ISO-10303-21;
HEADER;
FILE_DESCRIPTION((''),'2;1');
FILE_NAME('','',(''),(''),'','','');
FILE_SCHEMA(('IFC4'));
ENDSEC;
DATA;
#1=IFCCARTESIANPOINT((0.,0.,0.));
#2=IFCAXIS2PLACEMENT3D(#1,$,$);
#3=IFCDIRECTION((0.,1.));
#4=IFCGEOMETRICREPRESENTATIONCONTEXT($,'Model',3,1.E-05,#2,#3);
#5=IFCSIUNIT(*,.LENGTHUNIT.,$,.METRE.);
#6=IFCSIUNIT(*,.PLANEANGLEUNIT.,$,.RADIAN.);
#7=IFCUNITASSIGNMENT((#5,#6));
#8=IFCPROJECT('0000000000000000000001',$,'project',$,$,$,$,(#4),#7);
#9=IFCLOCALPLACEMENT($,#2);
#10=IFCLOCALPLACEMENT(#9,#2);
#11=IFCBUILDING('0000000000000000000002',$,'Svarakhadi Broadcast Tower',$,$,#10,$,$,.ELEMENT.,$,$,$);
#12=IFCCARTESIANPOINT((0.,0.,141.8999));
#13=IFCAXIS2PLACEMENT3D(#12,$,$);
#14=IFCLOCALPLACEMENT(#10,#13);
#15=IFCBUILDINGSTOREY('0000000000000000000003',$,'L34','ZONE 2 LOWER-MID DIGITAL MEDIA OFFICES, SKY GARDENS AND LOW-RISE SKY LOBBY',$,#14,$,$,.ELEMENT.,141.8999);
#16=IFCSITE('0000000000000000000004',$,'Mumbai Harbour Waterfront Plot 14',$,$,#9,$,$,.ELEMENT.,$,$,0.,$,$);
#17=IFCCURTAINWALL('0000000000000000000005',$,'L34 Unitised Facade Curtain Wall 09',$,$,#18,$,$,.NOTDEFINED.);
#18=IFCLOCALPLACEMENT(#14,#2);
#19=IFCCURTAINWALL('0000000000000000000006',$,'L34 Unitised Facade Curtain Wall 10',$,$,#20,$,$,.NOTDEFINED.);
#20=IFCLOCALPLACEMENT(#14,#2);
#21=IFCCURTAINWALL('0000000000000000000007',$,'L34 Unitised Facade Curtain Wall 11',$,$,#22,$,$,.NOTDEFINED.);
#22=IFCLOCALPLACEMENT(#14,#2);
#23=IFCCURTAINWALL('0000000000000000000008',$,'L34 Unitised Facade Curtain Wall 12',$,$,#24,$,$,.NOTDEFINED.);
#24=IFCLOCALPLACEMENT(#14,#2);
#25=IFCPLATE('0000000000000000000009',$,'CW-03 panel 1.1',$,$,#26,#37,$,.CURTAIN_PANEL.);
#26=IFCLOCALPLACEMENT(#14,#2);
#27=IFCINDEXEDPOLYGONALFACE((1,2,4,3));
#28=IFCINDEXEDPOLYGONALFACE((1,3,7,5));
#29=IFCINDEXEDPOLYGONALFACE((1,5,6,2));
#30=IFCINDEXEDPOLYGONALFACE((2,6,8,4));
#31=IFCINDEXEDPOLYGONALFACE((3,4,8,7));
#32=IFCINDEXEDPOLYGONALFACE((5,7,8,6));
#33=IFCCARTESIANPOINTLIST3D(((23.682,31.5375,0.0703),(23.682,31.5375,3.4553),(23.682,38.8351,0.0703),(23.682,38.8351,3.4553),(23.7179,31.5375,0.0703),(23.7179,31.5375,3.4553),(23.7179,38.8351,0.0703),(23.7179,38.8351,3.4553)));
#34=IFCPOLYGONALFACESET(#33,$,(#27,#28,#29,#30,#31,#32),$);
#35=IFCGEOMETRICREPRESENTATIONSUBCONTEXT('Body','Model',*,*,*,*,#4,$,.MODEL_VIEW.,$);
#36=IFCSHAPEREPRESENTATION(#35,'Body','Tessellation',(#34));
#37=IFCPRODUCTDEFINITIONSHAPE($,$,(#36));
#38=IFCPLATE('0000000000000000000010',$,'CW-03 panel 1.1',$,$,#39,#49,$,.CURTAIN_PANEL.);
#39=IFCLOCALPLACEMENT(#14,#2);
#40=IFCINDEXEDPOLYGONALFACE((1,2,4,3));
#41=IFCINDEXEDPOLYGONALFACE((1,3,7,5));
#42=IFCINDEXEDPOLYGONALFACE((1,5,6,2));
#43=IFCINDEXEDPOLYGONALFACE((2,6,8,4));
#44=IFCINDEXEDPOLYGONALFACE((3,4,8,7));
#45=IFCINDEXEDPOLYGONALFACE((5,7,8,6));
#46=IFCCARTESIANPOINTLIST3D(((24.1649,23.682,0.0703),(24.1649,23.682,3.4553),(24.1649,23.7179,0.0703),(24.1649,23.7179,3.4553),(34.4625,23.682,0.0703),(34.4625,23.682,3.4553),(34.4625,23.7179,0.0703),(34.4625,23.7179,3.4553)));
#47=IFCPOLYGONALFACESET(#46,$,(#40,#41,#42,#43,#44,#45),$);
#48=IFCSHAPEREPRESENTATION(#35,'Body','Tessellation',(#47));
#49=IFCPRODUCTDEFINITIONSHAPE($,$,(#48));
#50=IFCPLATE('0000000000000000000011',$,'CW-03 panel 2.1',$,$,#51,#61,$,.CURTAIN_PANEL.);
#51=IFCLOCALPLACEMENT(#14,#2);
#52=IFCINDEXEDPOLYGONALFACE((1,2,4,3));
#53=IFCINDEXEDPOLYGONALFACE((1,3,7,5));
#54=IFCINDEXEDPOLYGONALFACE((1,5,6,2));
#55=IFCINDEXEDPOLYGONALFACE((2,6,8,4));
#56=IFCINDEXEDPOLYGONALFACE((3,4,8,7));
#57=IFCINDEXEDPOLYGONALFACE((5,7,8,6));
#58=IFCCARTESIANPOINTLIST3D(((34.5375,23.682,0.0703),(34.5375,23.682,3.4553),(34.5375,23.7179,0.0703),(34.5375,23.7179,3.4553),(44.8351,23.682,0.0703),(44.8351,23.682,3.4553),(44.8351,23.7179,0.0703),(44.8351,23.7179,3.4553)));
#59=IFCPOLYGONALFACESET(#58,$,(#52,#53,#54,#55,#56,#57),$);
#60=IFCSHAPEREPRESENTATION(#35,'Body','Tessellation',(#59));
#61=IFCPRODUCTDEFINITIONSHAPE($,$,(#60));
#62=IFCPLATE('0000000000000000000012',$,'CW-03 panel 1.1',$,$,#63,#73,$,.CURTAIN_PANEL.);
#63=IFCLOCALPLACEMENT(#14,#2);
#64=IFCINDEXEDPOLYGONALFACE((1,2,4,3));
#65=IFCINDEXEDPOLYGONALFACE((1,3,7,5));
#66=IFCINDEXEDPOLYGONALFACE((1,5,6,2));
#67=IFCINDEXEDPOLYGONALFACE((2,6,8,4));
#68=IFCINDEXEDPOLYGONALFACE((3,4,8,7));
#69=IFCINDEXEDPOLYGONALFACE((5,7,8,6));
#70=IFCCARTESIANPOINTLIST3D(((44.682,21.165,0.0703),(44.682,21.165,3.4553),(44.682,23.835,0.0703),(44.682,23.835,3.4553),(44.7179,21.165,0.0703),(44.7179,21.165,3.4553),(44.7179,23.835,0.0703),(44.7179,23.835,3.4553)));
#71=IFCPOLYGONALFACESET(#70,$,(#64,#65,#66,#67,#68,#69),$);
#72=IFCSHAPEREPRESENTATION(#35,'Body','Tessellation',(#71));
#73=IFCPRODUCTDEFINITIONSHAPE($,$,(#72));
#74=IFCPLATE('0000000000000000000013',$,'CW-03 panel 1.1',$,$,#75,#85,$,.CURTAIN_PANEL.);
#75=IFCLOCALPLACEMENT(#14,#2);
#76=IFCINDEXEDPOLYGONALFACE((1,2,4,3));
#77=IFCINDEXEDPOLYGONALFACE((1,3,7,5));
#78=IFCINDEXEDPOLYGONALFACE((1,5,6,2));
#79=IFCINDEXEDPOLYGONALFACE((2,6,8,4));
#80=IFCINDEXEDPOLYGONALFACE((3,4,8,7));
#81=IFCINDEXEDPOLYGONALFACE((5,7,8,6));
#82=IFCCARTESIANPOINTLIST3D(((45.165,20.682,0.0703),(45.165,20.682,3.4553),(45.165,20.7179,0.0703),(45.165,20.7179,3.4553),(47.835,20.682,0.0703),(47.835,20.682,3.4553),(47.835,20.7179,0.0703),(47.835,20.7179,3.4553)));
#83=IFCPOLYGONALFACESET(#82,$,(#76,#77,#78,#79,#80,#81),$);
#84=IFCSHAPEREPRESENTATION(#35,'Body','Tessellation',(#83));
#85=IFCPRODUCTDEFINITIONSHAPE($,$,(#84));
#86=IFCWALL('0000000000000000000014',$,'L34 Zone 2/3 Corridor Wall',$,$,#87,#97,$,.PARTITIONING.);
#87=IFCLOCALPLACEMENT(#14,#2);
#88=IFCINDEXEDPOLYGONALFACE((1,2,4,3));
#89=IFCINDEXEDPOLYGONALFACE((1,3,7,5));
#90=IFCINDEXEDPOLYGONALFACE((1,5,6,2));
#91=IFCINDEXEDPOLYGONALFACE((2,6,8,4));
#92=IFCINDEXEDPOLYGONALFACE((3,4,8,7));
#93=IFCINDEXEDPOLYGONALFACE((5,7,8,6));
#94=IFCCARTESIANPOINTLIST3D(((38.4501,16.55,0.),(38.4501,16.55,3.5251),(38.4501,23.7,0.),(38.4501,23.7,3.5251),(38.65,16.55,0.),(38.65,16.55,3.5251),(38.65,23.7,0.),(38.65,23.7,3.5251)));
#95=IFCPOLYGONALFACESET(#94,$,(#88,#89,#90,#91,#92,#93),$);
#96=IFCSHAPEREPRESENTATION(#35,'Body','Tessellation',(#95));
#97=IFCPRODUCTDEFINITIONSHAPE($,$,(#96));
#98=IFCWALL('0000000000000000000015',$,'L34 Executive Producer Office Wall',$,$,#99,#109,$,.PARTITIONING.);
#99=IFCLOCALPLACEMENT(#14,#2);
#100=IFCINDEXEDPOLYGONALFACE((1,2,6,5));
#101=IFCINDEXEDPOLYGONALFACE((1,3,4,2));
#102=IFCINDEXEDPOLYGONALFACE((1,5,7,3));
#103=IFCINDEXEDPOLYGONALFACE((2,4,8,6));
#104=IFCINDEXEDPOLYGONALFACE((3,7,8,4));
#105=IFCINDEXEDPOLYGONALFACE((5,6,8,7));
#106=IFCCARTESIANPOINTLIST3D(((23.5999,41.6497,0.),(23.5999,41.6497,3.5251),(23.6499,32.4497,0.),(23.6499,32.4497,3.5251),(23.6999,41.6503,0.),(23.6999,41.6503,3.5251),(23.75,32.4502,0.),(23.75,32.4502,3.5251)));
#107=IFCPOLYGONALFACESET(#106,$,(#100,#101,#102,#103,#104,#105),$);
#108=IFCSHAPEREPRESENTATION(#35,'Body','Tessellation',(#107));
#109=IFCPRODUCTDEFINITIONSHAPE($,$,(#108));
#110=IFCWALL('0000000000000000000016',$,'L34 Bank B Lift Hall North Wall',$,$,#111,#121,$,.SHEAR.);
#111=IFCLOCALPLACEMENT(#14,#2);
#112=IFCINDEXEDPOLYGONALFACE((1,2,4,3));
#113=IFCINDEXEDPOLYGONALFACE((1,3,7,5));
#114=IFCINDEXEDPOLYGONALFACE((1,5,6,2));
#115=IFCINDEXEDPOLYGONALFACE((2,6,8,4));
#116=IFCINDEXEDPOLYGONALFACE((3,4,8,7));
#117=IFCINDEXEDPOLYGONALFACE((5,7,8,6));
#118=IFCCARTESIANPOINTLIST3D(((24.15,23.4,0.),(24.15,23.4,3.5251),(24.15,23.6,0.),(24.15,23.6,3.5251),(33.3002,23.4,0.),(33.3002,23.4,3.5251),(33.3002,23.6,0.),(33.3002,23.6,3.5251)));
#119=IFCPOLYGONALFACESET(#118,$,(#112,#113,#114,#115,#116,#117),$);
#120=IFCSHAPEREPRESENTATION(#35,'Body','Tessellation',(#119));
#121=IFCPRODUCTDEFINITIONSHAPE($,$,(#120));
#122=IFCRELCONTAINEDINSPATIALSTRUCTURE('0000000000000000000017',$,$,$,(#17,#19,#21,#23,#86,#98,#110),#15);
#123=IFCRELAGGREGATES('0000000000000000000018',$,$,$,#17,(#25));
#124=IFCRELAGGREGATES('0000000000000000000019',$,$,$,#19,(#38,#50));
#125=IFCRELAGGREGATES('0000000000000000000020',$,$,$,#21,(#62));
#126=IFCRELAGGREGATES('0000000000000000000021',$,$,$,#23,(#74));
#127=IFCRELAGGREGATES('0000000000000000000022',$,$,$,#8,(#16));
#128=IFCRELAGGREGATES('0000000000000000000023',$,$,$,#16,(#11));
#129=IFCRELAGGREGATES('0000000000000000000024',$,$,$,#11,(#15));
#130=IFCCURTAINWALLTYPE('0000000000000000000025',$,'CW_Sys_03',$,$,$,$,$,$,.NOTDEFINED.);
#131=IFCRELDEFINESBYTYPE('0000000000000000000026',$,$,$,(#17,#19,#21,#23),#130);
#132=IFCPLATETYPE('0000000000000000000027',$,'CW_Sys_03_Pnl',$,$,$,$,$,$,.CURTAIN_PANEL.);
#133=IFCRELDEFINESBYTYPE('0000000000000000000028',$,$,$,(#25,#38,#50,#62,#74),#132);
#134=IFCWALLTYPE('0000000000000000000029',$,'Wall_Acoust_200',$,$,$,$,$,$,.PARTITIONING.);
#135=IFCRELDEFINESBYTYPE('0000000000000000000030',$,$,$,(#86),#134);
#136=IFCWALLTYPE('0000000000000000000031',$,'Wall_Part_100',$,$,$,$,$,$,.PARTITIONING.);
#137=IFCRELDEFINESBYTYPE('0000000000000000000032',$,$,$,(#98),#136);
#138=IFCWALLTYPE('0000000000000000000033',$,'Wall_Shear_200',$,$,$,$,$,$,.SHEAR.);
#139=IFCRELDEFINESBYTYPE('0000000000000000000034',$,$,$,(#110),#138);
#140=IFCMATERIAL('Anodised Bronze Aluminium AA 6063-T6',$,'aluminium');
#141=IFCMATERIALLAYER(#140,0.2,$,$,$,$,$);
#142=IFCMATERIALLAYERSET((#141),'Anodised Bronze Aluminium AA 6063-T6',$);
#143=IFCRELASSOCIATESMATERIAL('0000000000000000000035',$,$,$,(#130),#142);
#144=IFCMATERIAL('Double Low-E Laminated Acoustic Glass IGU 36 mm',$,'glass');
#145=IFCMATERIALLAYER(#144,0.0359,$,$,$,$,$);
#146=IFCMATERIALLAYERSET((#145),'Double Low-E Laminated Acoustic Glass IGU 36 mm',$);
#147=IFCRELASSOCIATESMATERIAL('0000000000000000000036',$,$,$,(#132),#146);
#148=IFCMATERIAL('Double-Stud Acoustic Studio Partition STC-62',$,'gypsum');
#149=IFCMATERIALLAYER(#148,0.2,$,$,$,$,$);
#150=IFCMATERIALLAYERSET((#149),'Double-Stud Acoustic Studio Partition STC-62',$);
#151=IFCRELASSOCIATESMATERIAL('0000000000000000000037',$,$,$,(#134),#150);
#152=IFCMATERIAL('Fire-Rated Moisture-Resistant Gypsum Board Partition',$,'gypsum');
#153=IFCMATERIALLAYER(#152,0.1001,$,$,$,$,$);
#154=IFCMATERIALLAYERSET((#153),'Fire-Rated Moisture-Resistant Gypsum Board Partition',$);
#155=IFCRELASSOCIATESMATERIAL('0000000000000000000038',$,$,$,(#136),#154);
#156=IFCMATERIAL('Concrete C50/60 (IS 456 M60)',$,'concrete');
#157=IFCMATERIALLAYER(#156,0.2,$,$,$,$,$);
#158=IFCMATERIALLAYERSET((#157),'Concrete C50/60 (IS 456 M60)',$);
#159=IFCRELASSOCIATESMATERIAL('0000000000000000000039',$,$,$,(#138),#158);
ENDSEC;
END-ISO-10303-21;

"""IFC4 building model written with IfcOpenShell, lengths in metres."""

from ifc_helpers import new_model, si_unit, direction, frame, frame_2d, origin, origin_2d, place, context, subcontext, project, spatial, rectangle, extrude, material, layer, layer_set, type_object, element, aggregate, save


model = new_model("IFC4")

# Units and contexts
model_context = context("Model", 3, precision=1e-05, world=origin(), true_north=direction((0.0, 1.0)))
body_context = subcontext(model_context, "Body", "Model", "MODEL_VIEW")
ifc_project = project(units=[si_unit("LENGTHUNIT", "METRE"), si_unit("PLANEANGLEUNIT", "RADIAN")], contexts=[model_context])

# Site, building, storey
site_placement = place(None, origin())
site = spatial("IfcSite", under=ifc_project, at=site_placement, Name="Mumbai Harbour Waterfront Plot 14", CompositionType="ELEMENT", RefElevation=0.0)
building_placement = place(site_placement, origin())
building = spatial("IfcBuilding", under=site, at=building_placement, Name="Svarakhadi Broadcast Tower", CompositionType="ELEMENT")
storey_placement = place(building_placement, frame((0.0, 0.0, 141.8999)))
storey = spatial("IfcBuildingStorey", under=building, at=storey_placement, Name="L34", Description="ZONE 2 LOWER-MID DIGITAL MEDIA OFFICES, SKY GARDENS AND LOW-RISE SKY LOBBY", CompositionType="ELEMENT", Elevation=141.8999)

# Curtain wall
ifc_material_1 = material(Name="Anodised Bronze Aluminium AA 6063-T6", Category="aluminium")
ifc_layer_1 = layer(ifc_material_1, 0.2)
ifc_layer_set_1 = layer_set([ifc_layer_1], Name="Anodised Bronze Aluminium AA 6063-T6")
curtain_wall_type = type_object("IfcCurtainWallType", Name="CW_Sys_03", PredefinedType="NOTDEFINED", material=ifc_layer_set_1)
curtain_wall_1_placement = place(storey_placement, origin())
curtain_wall_1 = element("IfcCurtainWall", 1, at=curtain_wall_1_placement, inside=storey, type_object=curtain_wall_type, Name="L34 Unitised Facade Curtain Wall 09", PredefinedType="NOTDEFINED")

# Curtain walls
curtain_wall_2_placement = place(storey_placement, origin())
curtain_wall_2 = element("IfcCurtainWall", 2, at=curtain_wall_2_placement, inside=storey, type_object=curtain_wall_type, Name="L34 Unitised Facade Curtain Wall 10", PredefinedType="NOTDEFINED")
curtain_wall_3_placement = place(storey_placement, origin())
curtain_wall_3 = element("IfcCurtainWall", 3, at=curtain_wall_3_placement, inside=storey, type_object=curtain_wall_type, Name="L34 Unitised Facade Curtain Wall 11", PredefinedType="NOTDEFINED")
curtain_wall_4_placement = place(storey_placement, origin())
curtain_wall_4 = element("IfcCurtainWall", 4, at=curtain_wall_4_placement, inside=storey, type_object=curtain_wall_type, Name="L34 Unitised Facade Curtain Wall 12", PredefinedType="NOTDEFINED")

# Plates
ifc_material_2 = material(Name="Double Low-E Laminated Acoustic Glass IGU 36 mm", Category="glass")
ifc_layer_2 = layer(ifc_material_2, 0.0359)
ifc_layer_set_2 = layer_set([ifc_layer_2], Name="Double Low-E Laminated Acoustic Glass IGU 36 mm")
plate_type = type_object("IfcPlateType", Name="CW_Sys_03_Pnl", PredefinedType="CURTAIN_PANEL", material=ifc_layer_set_2)
plate_1_placement = place(storey_placement, frame((23.7, 35.1863, 0.0703), z_axis=(0.0, 0.0, 1.0), x_axis=(0.0, -1.0, 0.0)))
plate_1 = element("IfcPlate", 5, at=plate_1_placement, type_object=plate_type, Name="CW-03 panel 1.1", PredefinedType="CURTAIN_PANEL", context=body_context, shape_type="SweptSolid", body=[
    extrude(rectangle(XDim=7.2976, YDim=0.0359, at=origin_2d()), origin(), (0.0, 0.0, 1.0), 3.385),
])
aggregate(curtain_wall_1, [plate_1])
plate_2_placement = place(storey_placement, frame((29.3137, 23.7, 0.0703), z_axis=(0.0, 0.0, 1.0), x_axis=(1.0, 0.0, 0.0)))
plate_2 = element("IfcPlate", 6, at=plate_2_placement, type_object=plate_type, Name="CW-03 panel 1.1", PredefinedType="CURTAIN_PANEL", context=body_context, shape_type="SweptSolid", body=[
    extrude(rectangle(XDim=10.2976, YDim=0.0359, at=origin_2d()), origin(), (0.0, 0.0, 1.0), 3.385),
])
plate_3_placement = place(storey_placement, frame((39.6863, 23.7, 0.0703), z_axis=(0.0, 0.0, 1.0), x_axis=(1.0, 0.0, 0.0)))
plate_3 = element("IfcPlate", 7, at=plate_3_placement, type_object=plate_type, Name="CW-03 panel 2.1", PredefinedType="CURTAIN_PANEL", context=body_context, shape_type="SweptSolid", body=[
    extrude(rectangle(XDim=10.2976, YDim=0.0359, at=origin_2d()), origin(), (0.0, 0.0, 1.0), 3.385),
])
aggregate(curtain_wall_2, [plate_2, plate_3])
plate_4_placement = place(storey_placement, frame((44.7, 22.5, 0.0703), z_axis=(0.0, 0.0, 1.0), x_axis=(0.0, -1.0, 0.0)))
plate_4 = element("IfcPlate", 8, at=plate_4_placement, type_object=plate_type, Name="CW-03 panel 1.1", PredefinedType="CURTAIN_PANEL", context=body_context, shape_type="SweptSolid", body=[
    extrude(rectangle(XDim=2.6699, YDim=0.0359, at=origin_2d()), origin(), (0.0, 0.0, 1.0), 3.385),
])
aggregate(curtain_wall_3, [plate_4])
plate_5_placement = place(storey_placement, frame((46.5, 20.7, 0.0703), z_axis=(0.0, 0.0, 1.0), x_axis=(1.0, 0.0, 0.0)))
plate_5 = element("IfcPlate", 9, at=plate_5_placement, type_object=plate_type, Name="CW-03 panel 1.1", PredefinedType="CURTAIN_PANEL", context=body_context, shape_type="SweptSolid", body=[
    extrude(rectangle(XDim=2.6699, YDim=0.0359, at=origin_2d()), origin(), (0.0, 0.0, 1.0), 3.385),
])
aggregate(curtain_wall_4, [plate_5])

# Walls
ifc_material_3 = material(Name="Double-Stud Acoustic Studio Partition STC-62", Category="gypsum")
ifc_layer_3 = layer(ifc_material_3, 0.2)
ifc_layer_set_3 = layer_set([ifc_layer_3], Name="Double-Stud Acoustic Studio Partition STC-62")
wall_type_1 = type_object("IfcWallType", Name="Wall_Acoust_200", PredefinedType="PARTITIONING", material=ifc_layer_set_3)
wall_1_placement = place(storey_placement, frame((38.55, 23.7, 0.0), z_axis=(0.0, 0.0, 1.0), x_axis=(0.0, -1.0, 0.0)))
element("IfcWall", 10, at=wall_1_placement, inside=storey, type_object=wall_type_1, Name="L34 Zone 2/3 Corridor Wall", PredefinedType="PARTITIONING", context=body_context, shape_type="SweptSolid", body=[
    extrude(rectangle(XDim=7.1499, YDim=0.2, at=frame_2d((3.575, 0.0))), origin(), (0.0, 0.0, 1.0), 3.5251),
])
ifc_material_4 = material(Name="Fire-Rated Moisture-Resistant Gypsum Board Partition", Category="gypsum")
ifc_layer_4 = layer(ifc_material_4, 0.1001)
ifc_layer_set_4 = layer_set([ifc_layer_4], Name="Fire-Rated Moisture-Resistant Gypsum Board Partition")
wall_type_2 = type_object("IfcWallType", Name="Wall_Part_100", PredefinedType="PARTITIONING", material=ifc_layer_set_4)
wall_2_placement = place(storey_placement, frame((23.7, 32.45, 0.0), z_axis=(0.0, 0.0, 1.0), x_axis=(-0.00544, 0.999985, 0.0)))
element("IfcWall", 11, at=wall_2_placement, inside=storey, type_object=wall_type_2, Name="L34 Executive Producer Office Wall", PredefinedType="PARTITIONING", context=body_context, shape_type="SweptSolid", body=[
    extrude(rectangle(XDim=9.2002, YDim=0.1001, at=frame_2d((4.6001, 0.0))), origin(), (0.0, 0.0, 1.0), 3.5251),
])
ifc_material_5 = material(Name="Concrete C50/60 (IS 456 M60)", Category="concrete")
ifc_layer_5 = layer(ifc_material_5, 0.2)
ifc_layer_set_5 = layer_set([ifc_layer_5], Name="Concrete C50/60 (IS 456 M60)")
wall_type_3 = type_object("IfcWallType", Name="Wall_Shear_200", PredefinedType="SHEAR", material=ifc_layer_set_5)
wall_3_placement = place(storey_placement, frame((24.1499, 23.5, 0.0), z_axis=(0.0, 0.0, 1.0), x_axis=(1.0, 0.0, 0.0)))
element("IfcWall", 12, at=wall_3_placement, inside=storey, type_object=wall_type_3, Name="L34 Bank B Lift Hall North Wall", PredefinedType="SHEAR", context=body_context, shape_type="SweptSolid", body=[
    extrude(rectangle(XDim=9.1501, YDim=0.2, at=frame_2d((4.5752, 0.0))), origin(), (0.0, 0.0, 1.0), 3.5251),
])

save(model, "model.ifc")
